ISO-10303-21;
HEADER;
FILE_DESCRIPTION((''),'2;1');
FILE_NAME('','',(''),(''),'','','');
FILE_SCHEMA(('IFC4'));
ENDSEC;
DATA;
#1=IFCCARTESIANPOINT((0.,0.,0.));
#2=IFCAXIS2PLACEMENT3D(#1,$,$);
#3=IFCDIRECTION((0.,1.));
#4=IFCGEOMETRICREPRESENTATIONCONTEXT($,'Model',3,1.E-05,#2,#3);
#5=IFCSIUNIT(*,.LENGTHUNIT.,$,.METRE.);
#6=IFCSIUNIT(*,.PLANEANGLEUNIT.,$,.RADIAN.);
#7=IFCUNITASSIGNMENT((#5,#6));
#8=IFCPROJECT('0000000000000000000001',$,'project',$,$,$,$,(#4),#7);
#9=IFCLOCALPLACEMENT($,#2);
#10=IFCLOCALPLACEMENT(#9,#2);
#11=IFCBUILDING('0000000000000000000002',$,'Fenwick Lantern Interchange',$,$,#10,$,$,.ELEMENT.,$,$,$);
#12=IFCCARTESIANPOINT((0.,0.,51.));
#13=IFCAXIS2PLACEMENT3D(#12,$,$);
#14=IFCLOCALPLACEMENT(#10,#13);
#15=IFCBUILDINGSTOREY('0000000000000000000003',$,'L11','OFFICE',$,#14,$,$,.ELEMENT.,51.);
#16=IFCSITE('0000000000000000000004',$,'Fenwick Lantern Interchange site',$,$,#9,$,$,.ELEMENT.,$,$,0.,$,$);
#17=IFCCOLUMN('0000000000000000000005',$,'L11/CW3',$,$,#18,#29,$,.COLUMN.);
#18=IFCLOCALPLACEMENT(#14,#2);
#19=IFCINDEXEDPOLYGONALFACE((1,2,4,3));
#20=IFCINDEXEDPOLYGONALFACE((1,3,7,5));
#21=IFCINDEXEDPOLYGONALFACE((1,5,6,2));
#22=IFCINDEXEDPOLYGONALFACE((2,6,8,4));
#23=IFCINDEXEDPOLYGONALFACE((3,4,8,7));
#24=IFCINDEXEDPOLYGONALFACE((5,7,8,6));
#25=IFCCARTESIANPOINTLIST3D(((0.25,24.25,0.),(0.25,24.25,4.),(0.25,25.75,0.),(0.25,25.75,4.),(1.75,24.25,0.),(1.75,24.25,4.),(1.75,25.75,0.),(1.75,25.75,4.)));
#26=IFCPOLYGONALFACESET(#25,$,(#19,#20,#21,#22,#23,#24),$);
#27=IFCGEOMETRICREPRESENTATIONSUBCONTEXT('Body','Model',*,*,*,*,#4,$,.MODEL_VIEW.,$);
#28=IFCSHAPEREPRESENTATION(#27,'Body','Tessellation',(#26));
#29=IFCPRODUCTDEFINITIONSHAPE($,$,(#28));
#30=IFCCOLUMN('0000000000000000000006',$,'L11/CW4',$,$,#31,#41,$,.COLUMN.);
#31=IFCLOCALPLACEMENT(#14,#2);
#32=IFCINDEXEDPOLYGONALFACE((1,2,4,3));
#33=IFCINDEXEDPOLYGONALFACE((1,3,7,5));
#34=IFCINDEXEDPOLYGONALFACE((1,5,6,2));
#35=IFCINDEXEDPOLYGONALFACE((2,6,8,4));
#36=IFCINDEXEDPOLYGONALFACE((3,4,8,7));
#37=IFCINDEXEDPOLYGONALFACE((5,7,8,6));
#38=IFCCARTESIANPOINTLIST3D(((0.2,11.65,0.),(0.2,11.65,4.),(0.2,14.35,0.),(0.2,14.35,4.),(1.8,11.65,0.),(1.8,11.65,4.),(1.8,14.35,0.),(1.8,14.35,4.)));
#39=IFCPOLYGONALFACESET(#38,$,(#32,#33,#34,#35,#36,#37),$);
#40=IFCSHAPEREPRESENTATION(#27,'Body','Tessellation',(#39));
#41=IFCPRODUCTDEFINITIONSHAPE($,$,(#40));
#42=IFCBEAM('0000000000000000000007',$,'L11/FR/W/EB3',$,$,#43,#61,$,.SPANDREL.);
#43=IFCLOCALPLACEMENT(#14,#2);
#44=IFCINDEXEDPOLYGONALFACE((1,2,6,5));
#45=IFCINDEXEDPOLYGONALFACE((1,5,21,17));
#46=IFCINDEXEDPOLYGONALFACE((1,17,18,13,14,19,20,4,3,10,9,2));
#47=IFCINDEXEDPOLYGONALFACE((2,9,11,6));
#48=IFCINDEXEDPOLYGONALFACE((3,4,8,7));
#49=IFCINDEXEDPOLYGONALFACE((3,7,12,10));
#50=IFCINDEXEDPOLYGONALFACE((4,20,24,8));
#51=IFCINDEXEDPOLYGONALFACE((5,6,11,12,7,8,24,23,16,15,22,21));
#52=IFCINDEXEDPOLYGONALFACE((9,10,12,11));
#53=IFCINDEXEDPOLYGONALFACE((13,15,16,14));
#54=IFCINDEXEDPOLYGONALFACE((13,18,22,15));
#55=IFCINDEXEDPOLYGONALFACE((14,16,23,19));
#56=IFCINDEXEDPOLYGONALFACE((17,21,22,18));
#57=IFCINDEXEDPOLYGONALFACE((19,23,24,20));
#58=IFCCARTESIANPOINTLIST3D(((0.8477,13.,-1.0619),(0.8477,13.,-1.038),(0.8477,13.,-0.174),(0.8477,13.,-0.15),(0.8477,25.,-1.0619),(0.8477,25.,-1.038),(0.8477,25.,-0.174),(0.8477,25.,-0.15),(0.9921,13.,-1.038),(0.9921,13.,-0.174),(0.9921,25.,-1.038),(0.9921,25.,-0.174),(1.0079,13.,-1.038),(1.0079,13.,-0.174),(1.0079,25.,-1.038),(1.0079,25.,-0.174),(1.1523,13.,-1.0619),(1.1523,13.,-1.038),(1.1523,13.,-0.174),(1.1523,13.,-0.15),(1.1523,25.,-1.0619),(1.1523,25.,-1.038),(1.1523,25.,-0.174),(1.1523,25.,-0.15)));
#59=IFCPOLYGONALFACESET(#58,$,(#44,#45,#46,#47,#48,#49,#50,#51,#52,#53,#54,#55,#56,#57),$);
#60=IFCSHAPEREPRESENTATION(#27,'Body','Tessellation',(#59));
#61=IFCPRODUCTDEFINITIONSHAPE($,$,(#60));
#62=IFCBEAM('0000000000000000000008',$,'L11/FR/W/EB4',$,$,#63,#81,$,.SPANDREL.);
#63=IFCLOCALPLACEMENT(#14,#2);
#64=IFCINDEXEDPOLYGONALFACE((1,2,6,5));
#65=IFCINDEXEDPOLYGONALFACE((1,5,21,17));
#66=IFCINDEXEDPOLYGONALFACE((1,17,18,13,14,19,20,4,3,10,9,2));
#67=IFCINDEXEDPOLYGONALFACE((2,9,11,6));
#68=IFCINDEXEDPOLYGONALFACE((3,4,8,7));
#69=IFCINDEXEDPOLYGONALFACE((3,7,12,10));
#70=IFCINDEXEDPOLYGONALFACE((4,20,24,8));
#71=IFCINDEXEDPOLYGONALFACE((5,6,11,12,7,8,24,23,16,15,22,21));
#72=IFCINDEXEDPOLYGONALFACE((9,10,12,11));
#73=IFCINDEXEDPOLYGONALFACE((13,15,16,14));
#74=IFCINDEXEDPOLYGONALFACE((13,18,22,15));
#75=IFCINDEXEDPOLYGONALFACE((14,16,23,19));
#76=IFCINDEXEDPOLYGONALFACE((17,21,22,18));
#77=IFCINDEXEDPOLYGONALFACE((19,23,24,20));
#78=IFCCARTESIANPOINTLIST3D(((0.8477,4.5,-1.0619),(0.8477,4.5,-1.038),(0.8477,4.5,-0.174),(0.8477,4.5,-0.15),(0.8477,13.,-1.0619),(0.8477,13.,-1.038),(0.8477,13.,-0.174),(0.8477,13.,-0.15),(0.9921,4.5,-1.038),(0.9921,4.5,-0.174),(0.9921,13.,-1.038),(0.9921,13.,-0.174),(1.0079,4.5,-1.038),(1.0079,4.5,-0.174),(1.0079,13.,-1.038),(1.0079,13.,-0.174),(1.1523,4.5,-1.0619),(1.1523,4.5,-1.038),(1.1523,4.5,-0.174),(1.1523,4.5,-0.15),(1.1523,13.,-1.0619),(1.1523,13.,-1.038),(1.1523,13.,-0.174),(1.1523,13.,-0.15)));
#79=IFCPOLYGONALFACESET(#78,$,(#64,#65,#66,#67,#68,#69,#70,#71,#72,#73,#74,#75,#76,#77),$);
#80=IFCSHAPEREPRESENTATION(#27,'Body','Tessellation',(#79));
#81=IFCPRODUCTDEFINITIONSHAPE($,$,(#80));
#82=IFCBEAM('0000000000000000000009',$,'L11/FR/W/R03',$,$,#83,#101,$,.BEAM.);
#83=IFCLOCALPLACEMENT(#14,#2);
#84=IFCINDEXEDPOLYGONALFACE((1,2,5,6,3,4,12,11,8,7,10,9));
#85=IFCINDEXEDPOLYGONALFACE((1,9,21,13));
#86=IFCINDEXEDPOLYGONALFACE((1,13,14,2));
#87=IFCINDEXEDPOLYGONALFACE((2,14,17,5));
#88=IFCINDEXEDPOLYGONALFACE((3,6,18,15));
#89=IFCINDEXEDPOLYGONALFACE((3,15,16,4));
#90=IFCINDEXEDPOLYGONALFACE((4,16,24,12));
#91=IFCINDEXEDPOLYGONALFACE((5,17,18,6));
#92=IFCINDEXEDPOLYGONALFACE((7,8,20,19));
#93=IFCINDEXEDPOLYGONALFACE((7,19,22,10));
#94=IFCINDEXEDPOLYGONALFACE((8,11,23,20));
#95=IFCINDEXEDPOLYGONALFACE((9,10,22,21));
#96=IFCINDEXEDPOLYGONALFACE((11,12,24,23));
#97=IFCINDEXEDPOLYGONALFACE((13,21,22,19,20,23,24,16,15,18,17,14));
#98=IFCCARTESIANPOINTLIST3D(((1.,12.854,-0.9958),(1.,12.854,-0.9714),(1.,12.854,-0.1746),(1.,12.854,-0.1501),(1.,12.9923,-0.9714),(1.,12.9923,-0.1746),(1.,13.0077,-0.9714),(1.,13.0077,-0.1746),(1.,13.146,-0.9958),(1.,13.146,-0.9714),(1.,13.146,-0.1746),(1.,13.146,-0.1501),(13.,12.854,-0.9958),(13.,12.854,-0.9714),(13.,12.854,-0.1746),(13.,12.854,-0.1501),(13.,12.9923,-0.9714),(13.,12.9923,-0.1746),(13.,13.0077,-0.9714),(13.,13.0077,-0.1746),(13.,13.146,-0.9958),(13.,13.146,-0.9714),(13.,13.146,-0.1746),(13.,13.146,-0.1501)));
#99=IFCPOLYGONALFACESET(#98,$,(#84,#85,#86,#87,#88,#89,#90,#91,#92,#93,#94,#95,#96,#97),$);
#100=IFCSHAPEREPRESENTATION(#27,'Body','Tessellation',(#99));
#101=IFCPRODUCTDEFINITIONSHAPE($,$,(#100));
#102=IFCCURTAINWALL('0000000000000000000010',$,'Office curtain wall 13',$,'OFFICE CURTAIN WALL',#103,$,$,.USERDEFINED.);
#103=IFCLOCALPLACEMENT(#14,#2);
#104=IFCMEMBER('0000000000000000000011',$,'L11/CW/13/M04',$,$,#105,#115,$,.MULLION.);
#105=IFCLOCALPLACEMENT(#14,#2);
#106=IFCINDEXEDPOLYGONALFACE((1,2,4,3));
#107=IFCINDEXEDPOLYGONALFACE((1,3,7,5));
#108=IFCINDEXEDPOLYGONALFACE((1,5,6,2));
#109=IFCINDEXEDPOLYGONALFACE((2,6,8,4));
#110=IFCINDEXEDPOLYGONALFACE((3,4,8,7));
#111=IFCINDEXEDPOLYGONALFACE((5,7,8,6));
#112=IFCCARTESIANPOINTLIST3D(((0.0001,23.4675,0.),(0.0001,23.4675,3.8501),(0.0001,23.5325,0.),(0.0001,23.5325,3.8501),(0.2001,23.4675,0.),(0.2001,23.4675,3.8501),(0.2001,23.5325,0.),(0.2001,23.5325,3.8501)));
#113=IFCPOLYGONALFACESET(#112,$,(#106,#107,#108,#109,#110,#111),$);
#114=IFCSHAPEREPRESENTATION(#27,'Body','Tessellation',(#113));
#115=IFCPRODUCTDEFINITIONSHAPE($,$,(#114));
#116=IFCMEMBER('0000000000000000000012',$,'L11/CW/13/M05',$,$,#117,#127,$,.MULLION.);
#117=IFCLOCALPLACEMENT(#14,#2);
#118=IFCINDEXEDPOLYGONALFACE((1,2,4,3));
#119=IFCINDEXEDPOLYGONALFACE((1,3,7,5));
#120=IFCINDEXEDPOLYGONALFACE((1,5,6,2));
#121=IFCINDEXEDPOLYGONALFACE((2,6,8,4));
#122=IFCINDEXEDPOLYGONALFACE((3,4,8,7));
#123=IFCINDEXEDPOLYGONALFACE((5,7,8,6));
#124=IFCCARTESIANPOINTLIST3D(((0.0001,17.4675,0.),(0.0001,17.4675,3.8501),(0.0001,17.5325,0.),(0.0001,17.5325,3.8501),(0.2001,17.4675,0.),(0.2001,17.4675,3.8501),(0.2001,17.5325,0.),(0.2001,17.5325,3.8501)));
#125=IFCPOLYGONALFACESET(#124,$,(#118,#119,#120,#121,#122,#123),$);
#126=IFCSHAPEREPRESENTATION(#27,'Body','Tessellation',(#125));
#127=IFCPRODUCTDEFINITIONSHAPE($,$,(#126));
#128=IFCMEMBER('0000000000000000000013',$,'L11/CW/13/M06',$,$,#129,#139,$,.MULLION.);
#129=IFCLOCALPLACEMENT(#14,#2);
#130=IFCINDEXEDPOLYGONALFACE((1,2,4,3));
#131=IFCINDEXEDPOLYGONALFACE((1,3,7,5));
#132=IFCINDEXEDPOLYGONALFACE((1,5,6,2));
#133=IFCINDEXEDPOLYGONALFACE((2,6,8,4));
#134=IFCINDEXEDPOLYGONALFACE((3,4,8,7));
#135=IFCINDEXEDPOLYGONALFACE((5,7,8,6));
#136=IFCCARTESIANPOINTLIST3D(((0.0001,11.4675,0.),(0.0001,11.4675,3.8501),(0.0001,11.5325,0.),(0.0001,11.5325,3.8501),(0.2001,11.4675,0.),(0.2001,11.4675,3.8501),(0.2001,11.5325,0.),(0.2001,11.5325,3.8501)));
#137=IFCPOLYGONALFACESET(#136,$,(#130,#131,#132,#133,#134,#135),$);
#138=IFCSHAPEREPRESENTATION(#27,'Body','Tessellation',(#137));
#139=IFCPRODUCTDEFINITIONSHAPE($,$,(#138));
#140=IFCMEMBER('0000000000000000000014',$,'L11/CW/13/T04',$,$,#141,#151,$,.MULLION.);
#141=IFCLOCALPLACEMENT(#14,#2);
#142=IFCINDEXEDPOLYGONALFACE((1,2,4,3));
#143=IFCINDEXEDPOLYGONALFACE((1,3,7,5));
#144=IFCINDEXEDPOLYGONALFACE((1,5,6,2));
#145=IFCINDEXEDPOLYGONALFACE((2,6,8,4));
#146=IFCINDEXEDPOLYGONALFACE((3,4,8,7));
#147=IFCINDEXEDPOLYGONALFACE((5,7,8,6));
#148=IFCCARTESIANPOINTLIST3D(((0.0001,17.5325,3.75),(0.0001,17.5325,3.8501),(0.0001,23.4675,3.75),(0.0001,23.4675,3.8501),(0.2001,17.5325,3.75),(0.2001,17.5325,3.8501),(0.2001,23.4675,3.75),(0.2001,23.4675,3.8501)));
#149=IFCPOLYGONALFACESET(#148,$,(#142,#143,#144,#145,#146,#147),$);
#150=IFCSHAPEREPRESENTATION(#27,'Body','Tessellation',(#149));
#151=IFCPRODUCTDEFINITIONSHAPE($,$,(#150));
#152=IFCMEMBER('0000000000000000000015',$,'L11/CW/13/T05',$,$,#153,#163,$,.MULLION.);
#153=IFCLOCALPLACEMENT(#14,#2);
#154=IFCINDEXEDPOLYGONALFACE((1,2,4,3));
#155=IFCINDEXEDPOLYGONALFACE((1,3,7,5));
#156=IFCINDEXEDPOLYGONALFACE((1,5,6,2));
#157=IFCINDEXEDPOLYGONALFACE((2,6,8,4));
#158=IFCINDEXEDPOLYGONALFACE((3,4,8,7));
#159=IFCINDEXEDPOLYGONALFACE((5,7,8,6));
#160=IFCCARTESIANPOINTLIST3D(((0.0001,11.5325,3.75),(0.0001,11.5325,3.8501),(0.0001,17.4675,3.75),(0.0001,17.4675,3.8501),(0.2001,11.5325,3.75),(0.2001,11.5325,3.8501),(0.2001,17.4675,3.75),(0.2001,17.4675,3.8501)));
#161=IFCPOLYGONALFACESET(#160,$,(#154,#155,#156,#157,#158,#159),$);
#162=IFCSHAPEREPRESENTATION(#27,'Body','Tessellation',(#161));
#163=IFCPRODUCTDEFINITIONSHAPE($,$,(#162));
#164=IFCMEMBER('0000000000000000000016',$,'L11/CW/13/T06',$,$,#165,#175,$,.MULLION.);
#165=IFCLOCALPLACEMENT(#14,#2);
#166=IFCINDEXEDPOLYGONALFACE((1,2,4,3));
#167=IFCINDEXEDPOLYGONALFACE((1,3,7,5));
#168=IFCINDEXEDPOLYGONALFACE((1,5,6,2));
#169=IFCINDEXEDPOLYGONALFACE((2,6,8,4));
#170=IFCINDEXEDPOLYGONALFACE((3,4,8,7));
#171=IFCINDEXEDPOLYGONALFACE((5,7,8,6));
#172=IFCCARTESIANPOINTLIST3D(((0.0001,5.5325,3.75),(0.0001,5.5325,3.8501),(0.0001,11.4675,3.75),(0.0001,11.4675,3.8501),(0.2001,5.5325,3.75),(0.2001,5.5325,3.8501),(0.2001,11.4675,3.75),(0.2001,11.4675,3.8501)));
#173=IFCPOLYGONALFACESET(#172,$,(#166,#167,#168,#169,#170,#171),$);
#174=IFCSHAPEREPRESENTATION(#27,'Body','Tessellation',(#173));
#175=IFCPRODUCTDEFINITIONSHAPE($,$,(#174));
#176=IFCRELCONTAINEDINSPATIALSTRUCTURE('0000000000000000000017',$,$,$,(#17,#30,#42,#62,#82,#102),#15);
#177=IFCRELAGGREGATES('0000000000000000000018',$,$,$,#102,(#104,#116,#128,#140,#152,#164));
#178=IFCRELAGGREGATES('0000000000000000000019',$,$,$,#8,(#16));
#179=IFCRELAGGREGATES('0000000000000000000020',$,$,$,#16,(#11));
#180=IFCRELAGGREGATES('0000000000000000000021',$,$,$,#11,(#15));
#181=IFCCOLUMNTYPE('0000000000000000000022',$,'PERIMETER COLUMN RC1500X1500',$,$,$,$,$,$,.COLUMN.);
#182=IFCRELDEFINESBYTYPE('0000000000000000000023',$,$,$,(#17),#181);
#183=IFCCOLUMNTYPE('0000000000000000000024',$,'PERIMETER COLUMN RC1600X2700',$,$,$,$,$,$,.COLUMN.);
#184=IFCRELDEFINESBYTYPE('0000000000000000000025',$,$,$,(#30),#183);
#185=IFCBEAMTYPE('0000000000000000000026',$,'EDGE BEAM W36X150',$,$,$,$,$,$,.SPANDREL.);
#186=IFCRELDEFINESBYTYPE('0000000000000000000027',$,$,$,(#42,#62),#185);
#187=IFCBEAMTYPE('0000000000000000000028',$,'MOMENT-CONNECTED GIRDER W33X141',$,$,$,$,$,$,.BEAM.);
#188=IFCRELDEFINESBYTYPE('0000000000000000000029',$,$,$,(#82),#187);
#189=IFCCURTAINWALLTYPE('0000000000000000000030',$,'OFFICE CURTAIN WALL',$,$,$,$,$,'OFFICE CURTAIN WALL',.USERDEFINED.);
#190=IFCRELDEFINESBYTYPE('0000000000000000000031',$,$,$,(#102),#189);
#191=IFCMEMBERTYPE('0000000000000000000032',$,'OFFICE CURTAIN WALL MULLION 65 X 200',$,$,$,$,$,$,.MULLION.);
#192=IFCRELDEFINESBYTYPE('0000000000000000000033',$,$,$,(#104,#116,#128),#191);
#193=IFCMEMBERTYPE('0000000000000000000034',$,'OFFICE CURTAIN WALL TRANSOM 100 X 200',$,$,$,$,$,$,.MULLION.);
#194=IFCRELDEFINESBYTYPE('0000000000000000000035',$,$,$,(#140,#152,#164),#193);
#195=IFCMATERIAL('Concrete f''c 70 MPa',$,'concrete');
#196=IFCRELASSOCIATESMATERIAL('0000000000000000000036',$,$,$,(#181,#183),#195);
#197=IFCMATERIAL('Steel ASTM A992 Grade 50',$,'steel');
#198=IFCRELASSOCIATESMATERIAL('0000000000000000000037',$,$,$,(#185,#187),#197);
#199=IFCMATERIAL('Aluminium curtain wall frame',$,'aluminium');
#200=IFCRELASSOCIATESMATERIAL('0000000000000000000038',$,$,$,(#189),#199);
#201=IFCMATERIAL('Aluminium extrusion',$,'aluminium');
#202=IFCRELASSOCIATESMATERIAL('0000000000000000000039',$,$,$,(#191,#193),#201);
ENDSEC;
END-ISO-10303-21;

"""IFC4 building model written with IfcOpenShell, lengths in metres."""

from ifc_helpers import new_model, si_unit, direction, frame, origin, origin_2d, place, context, subcontext, project, spatial, rectangle, i_section, extrude, material, material_profile, profile_set, type_object, element, aggregate, save


model = new_model("IFC4")

# Units and contexts
model_context = context("Model", 3, precision=1e-05, world=origin(), true_north=direction((0.0, 1.0)))
body_context = subcontext(model_context, "Body", "Model", "MODEL_VIEW")
ifc_project = project(units=[si_unit("LENGTHUNIT", "METRE"), si_unit("PLANEANGLEUNIT", "RADIAN")], contexts=[model_context])

# Site, building, storey
site_placement = place(None, origin())
site = spatial("IfcSite", under=ifc_project, at=site_placement, Name="Fenwick Lantern Interchange site", CompositionType="ELEMENT", RefElevation=0.0)
building_placement = place(site_placement, origin())
building = spatial("IfcBuilding", under=site, at=building_placement, Name="Fenwick Lantern Interchange", CompositionType="ELEMENT")
storey_placement = place(building_placement, frame((0.0, 0.0, 51.0)))
storey = spatial("IfcBuildingStorey", under=building, at=storey_placement, Name="L11", Description="OFFICE", CompositionType="ELEMENT", Elevation=51.0)

# Columns
ifc_material_1 = material(Name="Concrete f'c 70 MPa", Category="concrete")
ifc_material_profile_1 = material_profile(ifc_material_1, rectangle(XDim=1.5, YDim=1.5, at=origin_2d()), Name="RC1500X1500")
ifc_profile_set_1 = profile_set([ifc_material_profile_1], Name="Concrete f'c 70 MPa")
column_type_1 = type_object("IfcColumnType", Name="PERIMETER COLUMN RC1500X1500", PredefinedType="COLUMN", material=ifc_profile_set_1)
column_1_placement = place(storey_placement, frame((1.0, 25.0, 0.0), z_axis=(0.0, 0.0, 1.0), x_axis=(1.0, 0.0, 0.0)))
element("IfcColumn", 1, at=column_1_placement, inside=storey, type_object=column_type_1, Name="L11/CW3", PredefinedType="COLUMN", context=body_context, shape_type="SweptSolid", body=[
    extrude(rectangle(XDim=1.5, YDim=1.5, at=origin_2d()), origin(), (0.0, 0.0, 1.0), 4.0),
])
ifc_material_profile_2 = material_profile(ifc_material_1, rectangle(XDim=1.6001, YDim=2.7, at=origin_2d()), Name="RC1600X2700")
ifc_profile_set_2 = profile_set([ifc_material_profile_2], Name="Concrete f'c 70 MPa")
column_type_2 = type_object("IfcColumnType", Name="PERIMETER COLUMN RC1600X2700", PredefinedType="COLUMN", material=ifc_profile_set_2)
column_2_placement = place(storey_placement, frame((1.0, 13.0, 0.0), z_axis=(0.0, 0.0, 1.0), x_axis=(1.0, 0.0, 0.0)))
element("IfcColumn", 2, at=column_2_placement, inside=storey, type_object=column_type_2, Name="L11/CW4", PredefinedType="COLUMN", context=body_context, shape_type="SweptSolid", body=[
    extrude(rectangle(XDim=1.6001, YDim=2.7, at=origin_2d()), origin(), (0.0, 0.0, 1.0), 4.0),
])

# Beams
ifc_material_2 = material(Name="Steel ASTM A992 Grade 50", Category="steel")
ifc_material_profile_3 = material_profile(ifc_material_2, i_section(OverallWidth=0.3047, OverallDepth=0.9119, WebThickness=0.0159, FlangeThickness=0.0239, at=origin_2d()), Name="W36X150")
ifc_profile_set_3 = profile_set([ifc_material_profile_3], Name="Steel ASTM A992 Grade 50")
beam_type_1 = type_object("IfcBeamType", Name="EDGE BEAM W36X150", PredefinedType="SPANDREL", material=ifc_profile_set_3)
beam_1_placement = place(storey_placement, frame((1.0, 25.0, -0.606), z_axis=(0.0, -1.0, 0.0), x_axis=(1.0, 0.0, 0.0)))
element("IfcBeam", 3, at=beam_1_placement, inside=storey, type_object=beam_type_1, Name="L11/FR/W/EB3", PredefinedType="SPANDREL", context=body_context, shape_type="SweptSolid", body=[
    extrude(i_section(OverallWidth=0.3047, OverallDepth=0.9119, WebThickness=0.0159, FlangeThickness=0.0239, at=origin_2d()), origin(), (0.0, 0.0, 1.0), 12.0),
])
beam_2_placement = place(storey_placement, frame((1.0, 13.0, -0.606), z_axis=(0.0, -1.0, 0.0), x_axis=(1.0, 0.0, 0.0)))
element("IfcBeam", 4, at=beam_2_placement, inside=storey, type_object=beam_type_1, Name="L11/FR/W/EB4", PredefinedType="SPANDREL", context=body_context, shape_type="SweptSolid", body=[
    extrude(i_section(OverallWidth=0.3047, OverallDepth=0.9119, WebThickness=0.0159, FlangeThickness=0.0239, at=origin_2d()), origin(), (0.0, 0.0, 1.0), 8.5),
])
ifc_material_profile_4 = material_profile(ifc_material_2, i_section(OverallWidth=0.292, OverallDepth=0.8457, WebThickness=0.0154, FlangeThickness=0.0244, at=origin_2d()), Name="W33X141")
ifc_profile_set_4 = profile_set([ifc_material_profile_4], Name="Steel ASTM A992 Grade 50")
beam_type_2 = type_object("IfcBeamType", Name="MOMENT-CONNECTED GIRDER W33X141", PredefinedType="BEAM", material=ifc_profile_set_4)
beam_3_placement = place(storey_placement, frame((1.0, 13.0, -0.573), z_axis=(1.0, 0.0, 0.0), x_axis=(0.0, 1.0, 0.0)))
element("IfcBeam", 5, at=beam_3_placement, inside=storey, type_object=beam_type_2, Name="L11/FR/W/R03", PredefinedType="BEAM", context=body_context, shape_type="SweptSolid", body=[
    extrude(i_section(OverallWidth=0.292, OverallDepth=0.8457, WebThickness=0.0154, FlangeThickness=0.0244, at=origin_2d()), origin(), (0.0, 0.0, 1.0), 12.0),
])

# Curtain wall, members
ifc_material_3 = material(Name="Aluminium curtain wall frame", Category="aluminium")
curtain_wall_type = type_object("IfcCurtainWallType", Name="OFFICE CURTAIN WALL", ElementType="OFFICE CURTAIN WALL", PredefinedType="USERDEFINED", material=ifc_material_3)
curtain_wall_placement = place(storey_placement, origin())
curtain_wall = element("IfcCurtainWall", 6, at=curtain_wall_placement, inside=storey, type_object=curtain_wall_type, Name="Office curtain wall 13", ObjectType="OFFICE CURTAIN WALL", PredefinedType="USERDEFINED")
ifc_material_4 = material(Name="Aluminium extrusion", Category="aluminium")
ifc_material_profile_5 = material_profile(ifc_material_4, rectangle(XDim=0.2, YDim=0.0649, at=origin_2d()), Name="OFFICE CURTAIN WALL MULLION 65 X 200")
ifc_profile_set_5 = profile_set([ifc_material_profile_5], Name="Aluminium extrusion")
member_type_1 = type_object("IfcMemberType", Name="OFFICE CURTAIN WALL MULLION 65 X 200", PredefinedType="MULLION", material=ifc_profile_set_5)
member_1_placement = place(storey_placement, frame((0.1001, 23.5, 0.0), z_axis=(0.0, 0.0, 1.0), x_axis=(1.0, 0.0, 0.0)))
member_1 = element("IfcMember", 7, at=member_1_placement, type_object=member_type_1, Name="L11/CW/13/M04", PredefinedType="MULLION", context=body_context, shape_type="SweptSolid", body=[
    extrude(rectangle(XDim=0.2, YDim=0.0649, at=origin_2d()), origin(), (0.0, 0.0, 1.0), 3.8501),
])
member_2_placement = place(storey_placement, frame((0.1001, 17.5, 0.0), z_axis=(0.0, 0.0, 1.0), x_axis=(1.0, 0.0, 0.0)))
member_2 = element("IfcMember", 8, at=member_2_placement, type_object=member_type_1, Name="L11/CW/13/M05", PredefinedType="MULLION", context=body_context, shape_type="SweptSolid", body=[
    extrude(rectangle(XDim=0.2, YDim=0.0649, at=origin_2d()), origin(), (0.0, 0.0, 1.0), 3.8501),
])
member_3_placement = place(storey_placement, frame((0.1001, 11.5, 0.0), z_axis=(0.0, 0.0, 1.0), x_axis=(1.0, 0.0, 0.0)))
member_3 = element("IfcMember", 9, at=member_3_placement, type_object=member_type_1, Name="L11/CW/13/M06", PredefinedType="MULLION", context=body_context, shape_type="SweptSolid", body=[
    extrude(rectangle(XDim=0.2, YDim=0.0649, at=origin_2d()), origin(), (0.0, 0.0, 1.0), 3.8501),
])
ifc_material_profile_6 = material_profile(ifc_material_4, rectangle(XDim=0.2, YDim=0.1001, at=origin_2d()), Name="OFFICE CURTAIN WALL TRANSOM 100 X 200")
ifc_profile_set_6 = profile_set([ifc_material_profile_6], Name="Aluminium extrusion")
member_type_2 = type_object("IfcMemberType", Name="OFFICE CURTAIN WALL TRANSOM 100 X 200", PredefinedType="MULLION", material=ifc_profile_set_6)
member_4_placement = place(storey_placement, frame((0.1001, 23.4675, 3.8), z_axis=(0.0, -1.0, 0.0), x_axis=(1.0, 0.0, 0.0)))
member_4 = element("IfcMember", 10, at=member_4_placement, type_object=member_type_2, Name="L11/CW/13/T04", PredefinedType="MULLION", context=body_context, shape_type="SweptSolid", body=[
    extrude(rectangle(XDim=0.2, YDim=0.1001, at=origin_2d()), origin(), (0.0, 0.0, 1.0), 5.9351),
])
member_5_placement = place(storey_placement, frame((0.1001, 17.4675, 3.8), z_axis=(0.0, -1.0, 0.0), x_axis=(1.0, 0.0, 0.0)))
member_5 = element("IfcMember", 11, at=member_5_placement, type_object=member_type_2, Name="L11/CW/13/T05", PredefinedType="MULLION", context=body_context, shape_type="SweptSolid", body=[
    extrude(rectangle(XDim=0.2, YDim=0.1001, at=origin_2d()), origin(), (0.0, 0.0, 1.0), 5.9351),
])
member_6_placement = place(storey_placement, frame((0.1001, 11.4675, 3.8), z_axis=(0.0, -1.0, 0.0), x_axis=(1.0, 0.0, 0.0)))
member_6 = element("IfcMember", 12, at=member_6_placement, type_object=member_type_2, Name="L11/CW/13/T06", PredefinedType="MULLION", context=body_context, shape_type="SweptSolid", body=[
    extrude(rectangle(XDim=0.2, YDim=0.1001, at=origin_2d()), origin(), (0.0, 0.0, 1.0), 5.9351),
])
aggregate(curtain_wall, [member_1, member_2, member_3, member_4, member_5, member_6])

save(model, "model.ifc")
